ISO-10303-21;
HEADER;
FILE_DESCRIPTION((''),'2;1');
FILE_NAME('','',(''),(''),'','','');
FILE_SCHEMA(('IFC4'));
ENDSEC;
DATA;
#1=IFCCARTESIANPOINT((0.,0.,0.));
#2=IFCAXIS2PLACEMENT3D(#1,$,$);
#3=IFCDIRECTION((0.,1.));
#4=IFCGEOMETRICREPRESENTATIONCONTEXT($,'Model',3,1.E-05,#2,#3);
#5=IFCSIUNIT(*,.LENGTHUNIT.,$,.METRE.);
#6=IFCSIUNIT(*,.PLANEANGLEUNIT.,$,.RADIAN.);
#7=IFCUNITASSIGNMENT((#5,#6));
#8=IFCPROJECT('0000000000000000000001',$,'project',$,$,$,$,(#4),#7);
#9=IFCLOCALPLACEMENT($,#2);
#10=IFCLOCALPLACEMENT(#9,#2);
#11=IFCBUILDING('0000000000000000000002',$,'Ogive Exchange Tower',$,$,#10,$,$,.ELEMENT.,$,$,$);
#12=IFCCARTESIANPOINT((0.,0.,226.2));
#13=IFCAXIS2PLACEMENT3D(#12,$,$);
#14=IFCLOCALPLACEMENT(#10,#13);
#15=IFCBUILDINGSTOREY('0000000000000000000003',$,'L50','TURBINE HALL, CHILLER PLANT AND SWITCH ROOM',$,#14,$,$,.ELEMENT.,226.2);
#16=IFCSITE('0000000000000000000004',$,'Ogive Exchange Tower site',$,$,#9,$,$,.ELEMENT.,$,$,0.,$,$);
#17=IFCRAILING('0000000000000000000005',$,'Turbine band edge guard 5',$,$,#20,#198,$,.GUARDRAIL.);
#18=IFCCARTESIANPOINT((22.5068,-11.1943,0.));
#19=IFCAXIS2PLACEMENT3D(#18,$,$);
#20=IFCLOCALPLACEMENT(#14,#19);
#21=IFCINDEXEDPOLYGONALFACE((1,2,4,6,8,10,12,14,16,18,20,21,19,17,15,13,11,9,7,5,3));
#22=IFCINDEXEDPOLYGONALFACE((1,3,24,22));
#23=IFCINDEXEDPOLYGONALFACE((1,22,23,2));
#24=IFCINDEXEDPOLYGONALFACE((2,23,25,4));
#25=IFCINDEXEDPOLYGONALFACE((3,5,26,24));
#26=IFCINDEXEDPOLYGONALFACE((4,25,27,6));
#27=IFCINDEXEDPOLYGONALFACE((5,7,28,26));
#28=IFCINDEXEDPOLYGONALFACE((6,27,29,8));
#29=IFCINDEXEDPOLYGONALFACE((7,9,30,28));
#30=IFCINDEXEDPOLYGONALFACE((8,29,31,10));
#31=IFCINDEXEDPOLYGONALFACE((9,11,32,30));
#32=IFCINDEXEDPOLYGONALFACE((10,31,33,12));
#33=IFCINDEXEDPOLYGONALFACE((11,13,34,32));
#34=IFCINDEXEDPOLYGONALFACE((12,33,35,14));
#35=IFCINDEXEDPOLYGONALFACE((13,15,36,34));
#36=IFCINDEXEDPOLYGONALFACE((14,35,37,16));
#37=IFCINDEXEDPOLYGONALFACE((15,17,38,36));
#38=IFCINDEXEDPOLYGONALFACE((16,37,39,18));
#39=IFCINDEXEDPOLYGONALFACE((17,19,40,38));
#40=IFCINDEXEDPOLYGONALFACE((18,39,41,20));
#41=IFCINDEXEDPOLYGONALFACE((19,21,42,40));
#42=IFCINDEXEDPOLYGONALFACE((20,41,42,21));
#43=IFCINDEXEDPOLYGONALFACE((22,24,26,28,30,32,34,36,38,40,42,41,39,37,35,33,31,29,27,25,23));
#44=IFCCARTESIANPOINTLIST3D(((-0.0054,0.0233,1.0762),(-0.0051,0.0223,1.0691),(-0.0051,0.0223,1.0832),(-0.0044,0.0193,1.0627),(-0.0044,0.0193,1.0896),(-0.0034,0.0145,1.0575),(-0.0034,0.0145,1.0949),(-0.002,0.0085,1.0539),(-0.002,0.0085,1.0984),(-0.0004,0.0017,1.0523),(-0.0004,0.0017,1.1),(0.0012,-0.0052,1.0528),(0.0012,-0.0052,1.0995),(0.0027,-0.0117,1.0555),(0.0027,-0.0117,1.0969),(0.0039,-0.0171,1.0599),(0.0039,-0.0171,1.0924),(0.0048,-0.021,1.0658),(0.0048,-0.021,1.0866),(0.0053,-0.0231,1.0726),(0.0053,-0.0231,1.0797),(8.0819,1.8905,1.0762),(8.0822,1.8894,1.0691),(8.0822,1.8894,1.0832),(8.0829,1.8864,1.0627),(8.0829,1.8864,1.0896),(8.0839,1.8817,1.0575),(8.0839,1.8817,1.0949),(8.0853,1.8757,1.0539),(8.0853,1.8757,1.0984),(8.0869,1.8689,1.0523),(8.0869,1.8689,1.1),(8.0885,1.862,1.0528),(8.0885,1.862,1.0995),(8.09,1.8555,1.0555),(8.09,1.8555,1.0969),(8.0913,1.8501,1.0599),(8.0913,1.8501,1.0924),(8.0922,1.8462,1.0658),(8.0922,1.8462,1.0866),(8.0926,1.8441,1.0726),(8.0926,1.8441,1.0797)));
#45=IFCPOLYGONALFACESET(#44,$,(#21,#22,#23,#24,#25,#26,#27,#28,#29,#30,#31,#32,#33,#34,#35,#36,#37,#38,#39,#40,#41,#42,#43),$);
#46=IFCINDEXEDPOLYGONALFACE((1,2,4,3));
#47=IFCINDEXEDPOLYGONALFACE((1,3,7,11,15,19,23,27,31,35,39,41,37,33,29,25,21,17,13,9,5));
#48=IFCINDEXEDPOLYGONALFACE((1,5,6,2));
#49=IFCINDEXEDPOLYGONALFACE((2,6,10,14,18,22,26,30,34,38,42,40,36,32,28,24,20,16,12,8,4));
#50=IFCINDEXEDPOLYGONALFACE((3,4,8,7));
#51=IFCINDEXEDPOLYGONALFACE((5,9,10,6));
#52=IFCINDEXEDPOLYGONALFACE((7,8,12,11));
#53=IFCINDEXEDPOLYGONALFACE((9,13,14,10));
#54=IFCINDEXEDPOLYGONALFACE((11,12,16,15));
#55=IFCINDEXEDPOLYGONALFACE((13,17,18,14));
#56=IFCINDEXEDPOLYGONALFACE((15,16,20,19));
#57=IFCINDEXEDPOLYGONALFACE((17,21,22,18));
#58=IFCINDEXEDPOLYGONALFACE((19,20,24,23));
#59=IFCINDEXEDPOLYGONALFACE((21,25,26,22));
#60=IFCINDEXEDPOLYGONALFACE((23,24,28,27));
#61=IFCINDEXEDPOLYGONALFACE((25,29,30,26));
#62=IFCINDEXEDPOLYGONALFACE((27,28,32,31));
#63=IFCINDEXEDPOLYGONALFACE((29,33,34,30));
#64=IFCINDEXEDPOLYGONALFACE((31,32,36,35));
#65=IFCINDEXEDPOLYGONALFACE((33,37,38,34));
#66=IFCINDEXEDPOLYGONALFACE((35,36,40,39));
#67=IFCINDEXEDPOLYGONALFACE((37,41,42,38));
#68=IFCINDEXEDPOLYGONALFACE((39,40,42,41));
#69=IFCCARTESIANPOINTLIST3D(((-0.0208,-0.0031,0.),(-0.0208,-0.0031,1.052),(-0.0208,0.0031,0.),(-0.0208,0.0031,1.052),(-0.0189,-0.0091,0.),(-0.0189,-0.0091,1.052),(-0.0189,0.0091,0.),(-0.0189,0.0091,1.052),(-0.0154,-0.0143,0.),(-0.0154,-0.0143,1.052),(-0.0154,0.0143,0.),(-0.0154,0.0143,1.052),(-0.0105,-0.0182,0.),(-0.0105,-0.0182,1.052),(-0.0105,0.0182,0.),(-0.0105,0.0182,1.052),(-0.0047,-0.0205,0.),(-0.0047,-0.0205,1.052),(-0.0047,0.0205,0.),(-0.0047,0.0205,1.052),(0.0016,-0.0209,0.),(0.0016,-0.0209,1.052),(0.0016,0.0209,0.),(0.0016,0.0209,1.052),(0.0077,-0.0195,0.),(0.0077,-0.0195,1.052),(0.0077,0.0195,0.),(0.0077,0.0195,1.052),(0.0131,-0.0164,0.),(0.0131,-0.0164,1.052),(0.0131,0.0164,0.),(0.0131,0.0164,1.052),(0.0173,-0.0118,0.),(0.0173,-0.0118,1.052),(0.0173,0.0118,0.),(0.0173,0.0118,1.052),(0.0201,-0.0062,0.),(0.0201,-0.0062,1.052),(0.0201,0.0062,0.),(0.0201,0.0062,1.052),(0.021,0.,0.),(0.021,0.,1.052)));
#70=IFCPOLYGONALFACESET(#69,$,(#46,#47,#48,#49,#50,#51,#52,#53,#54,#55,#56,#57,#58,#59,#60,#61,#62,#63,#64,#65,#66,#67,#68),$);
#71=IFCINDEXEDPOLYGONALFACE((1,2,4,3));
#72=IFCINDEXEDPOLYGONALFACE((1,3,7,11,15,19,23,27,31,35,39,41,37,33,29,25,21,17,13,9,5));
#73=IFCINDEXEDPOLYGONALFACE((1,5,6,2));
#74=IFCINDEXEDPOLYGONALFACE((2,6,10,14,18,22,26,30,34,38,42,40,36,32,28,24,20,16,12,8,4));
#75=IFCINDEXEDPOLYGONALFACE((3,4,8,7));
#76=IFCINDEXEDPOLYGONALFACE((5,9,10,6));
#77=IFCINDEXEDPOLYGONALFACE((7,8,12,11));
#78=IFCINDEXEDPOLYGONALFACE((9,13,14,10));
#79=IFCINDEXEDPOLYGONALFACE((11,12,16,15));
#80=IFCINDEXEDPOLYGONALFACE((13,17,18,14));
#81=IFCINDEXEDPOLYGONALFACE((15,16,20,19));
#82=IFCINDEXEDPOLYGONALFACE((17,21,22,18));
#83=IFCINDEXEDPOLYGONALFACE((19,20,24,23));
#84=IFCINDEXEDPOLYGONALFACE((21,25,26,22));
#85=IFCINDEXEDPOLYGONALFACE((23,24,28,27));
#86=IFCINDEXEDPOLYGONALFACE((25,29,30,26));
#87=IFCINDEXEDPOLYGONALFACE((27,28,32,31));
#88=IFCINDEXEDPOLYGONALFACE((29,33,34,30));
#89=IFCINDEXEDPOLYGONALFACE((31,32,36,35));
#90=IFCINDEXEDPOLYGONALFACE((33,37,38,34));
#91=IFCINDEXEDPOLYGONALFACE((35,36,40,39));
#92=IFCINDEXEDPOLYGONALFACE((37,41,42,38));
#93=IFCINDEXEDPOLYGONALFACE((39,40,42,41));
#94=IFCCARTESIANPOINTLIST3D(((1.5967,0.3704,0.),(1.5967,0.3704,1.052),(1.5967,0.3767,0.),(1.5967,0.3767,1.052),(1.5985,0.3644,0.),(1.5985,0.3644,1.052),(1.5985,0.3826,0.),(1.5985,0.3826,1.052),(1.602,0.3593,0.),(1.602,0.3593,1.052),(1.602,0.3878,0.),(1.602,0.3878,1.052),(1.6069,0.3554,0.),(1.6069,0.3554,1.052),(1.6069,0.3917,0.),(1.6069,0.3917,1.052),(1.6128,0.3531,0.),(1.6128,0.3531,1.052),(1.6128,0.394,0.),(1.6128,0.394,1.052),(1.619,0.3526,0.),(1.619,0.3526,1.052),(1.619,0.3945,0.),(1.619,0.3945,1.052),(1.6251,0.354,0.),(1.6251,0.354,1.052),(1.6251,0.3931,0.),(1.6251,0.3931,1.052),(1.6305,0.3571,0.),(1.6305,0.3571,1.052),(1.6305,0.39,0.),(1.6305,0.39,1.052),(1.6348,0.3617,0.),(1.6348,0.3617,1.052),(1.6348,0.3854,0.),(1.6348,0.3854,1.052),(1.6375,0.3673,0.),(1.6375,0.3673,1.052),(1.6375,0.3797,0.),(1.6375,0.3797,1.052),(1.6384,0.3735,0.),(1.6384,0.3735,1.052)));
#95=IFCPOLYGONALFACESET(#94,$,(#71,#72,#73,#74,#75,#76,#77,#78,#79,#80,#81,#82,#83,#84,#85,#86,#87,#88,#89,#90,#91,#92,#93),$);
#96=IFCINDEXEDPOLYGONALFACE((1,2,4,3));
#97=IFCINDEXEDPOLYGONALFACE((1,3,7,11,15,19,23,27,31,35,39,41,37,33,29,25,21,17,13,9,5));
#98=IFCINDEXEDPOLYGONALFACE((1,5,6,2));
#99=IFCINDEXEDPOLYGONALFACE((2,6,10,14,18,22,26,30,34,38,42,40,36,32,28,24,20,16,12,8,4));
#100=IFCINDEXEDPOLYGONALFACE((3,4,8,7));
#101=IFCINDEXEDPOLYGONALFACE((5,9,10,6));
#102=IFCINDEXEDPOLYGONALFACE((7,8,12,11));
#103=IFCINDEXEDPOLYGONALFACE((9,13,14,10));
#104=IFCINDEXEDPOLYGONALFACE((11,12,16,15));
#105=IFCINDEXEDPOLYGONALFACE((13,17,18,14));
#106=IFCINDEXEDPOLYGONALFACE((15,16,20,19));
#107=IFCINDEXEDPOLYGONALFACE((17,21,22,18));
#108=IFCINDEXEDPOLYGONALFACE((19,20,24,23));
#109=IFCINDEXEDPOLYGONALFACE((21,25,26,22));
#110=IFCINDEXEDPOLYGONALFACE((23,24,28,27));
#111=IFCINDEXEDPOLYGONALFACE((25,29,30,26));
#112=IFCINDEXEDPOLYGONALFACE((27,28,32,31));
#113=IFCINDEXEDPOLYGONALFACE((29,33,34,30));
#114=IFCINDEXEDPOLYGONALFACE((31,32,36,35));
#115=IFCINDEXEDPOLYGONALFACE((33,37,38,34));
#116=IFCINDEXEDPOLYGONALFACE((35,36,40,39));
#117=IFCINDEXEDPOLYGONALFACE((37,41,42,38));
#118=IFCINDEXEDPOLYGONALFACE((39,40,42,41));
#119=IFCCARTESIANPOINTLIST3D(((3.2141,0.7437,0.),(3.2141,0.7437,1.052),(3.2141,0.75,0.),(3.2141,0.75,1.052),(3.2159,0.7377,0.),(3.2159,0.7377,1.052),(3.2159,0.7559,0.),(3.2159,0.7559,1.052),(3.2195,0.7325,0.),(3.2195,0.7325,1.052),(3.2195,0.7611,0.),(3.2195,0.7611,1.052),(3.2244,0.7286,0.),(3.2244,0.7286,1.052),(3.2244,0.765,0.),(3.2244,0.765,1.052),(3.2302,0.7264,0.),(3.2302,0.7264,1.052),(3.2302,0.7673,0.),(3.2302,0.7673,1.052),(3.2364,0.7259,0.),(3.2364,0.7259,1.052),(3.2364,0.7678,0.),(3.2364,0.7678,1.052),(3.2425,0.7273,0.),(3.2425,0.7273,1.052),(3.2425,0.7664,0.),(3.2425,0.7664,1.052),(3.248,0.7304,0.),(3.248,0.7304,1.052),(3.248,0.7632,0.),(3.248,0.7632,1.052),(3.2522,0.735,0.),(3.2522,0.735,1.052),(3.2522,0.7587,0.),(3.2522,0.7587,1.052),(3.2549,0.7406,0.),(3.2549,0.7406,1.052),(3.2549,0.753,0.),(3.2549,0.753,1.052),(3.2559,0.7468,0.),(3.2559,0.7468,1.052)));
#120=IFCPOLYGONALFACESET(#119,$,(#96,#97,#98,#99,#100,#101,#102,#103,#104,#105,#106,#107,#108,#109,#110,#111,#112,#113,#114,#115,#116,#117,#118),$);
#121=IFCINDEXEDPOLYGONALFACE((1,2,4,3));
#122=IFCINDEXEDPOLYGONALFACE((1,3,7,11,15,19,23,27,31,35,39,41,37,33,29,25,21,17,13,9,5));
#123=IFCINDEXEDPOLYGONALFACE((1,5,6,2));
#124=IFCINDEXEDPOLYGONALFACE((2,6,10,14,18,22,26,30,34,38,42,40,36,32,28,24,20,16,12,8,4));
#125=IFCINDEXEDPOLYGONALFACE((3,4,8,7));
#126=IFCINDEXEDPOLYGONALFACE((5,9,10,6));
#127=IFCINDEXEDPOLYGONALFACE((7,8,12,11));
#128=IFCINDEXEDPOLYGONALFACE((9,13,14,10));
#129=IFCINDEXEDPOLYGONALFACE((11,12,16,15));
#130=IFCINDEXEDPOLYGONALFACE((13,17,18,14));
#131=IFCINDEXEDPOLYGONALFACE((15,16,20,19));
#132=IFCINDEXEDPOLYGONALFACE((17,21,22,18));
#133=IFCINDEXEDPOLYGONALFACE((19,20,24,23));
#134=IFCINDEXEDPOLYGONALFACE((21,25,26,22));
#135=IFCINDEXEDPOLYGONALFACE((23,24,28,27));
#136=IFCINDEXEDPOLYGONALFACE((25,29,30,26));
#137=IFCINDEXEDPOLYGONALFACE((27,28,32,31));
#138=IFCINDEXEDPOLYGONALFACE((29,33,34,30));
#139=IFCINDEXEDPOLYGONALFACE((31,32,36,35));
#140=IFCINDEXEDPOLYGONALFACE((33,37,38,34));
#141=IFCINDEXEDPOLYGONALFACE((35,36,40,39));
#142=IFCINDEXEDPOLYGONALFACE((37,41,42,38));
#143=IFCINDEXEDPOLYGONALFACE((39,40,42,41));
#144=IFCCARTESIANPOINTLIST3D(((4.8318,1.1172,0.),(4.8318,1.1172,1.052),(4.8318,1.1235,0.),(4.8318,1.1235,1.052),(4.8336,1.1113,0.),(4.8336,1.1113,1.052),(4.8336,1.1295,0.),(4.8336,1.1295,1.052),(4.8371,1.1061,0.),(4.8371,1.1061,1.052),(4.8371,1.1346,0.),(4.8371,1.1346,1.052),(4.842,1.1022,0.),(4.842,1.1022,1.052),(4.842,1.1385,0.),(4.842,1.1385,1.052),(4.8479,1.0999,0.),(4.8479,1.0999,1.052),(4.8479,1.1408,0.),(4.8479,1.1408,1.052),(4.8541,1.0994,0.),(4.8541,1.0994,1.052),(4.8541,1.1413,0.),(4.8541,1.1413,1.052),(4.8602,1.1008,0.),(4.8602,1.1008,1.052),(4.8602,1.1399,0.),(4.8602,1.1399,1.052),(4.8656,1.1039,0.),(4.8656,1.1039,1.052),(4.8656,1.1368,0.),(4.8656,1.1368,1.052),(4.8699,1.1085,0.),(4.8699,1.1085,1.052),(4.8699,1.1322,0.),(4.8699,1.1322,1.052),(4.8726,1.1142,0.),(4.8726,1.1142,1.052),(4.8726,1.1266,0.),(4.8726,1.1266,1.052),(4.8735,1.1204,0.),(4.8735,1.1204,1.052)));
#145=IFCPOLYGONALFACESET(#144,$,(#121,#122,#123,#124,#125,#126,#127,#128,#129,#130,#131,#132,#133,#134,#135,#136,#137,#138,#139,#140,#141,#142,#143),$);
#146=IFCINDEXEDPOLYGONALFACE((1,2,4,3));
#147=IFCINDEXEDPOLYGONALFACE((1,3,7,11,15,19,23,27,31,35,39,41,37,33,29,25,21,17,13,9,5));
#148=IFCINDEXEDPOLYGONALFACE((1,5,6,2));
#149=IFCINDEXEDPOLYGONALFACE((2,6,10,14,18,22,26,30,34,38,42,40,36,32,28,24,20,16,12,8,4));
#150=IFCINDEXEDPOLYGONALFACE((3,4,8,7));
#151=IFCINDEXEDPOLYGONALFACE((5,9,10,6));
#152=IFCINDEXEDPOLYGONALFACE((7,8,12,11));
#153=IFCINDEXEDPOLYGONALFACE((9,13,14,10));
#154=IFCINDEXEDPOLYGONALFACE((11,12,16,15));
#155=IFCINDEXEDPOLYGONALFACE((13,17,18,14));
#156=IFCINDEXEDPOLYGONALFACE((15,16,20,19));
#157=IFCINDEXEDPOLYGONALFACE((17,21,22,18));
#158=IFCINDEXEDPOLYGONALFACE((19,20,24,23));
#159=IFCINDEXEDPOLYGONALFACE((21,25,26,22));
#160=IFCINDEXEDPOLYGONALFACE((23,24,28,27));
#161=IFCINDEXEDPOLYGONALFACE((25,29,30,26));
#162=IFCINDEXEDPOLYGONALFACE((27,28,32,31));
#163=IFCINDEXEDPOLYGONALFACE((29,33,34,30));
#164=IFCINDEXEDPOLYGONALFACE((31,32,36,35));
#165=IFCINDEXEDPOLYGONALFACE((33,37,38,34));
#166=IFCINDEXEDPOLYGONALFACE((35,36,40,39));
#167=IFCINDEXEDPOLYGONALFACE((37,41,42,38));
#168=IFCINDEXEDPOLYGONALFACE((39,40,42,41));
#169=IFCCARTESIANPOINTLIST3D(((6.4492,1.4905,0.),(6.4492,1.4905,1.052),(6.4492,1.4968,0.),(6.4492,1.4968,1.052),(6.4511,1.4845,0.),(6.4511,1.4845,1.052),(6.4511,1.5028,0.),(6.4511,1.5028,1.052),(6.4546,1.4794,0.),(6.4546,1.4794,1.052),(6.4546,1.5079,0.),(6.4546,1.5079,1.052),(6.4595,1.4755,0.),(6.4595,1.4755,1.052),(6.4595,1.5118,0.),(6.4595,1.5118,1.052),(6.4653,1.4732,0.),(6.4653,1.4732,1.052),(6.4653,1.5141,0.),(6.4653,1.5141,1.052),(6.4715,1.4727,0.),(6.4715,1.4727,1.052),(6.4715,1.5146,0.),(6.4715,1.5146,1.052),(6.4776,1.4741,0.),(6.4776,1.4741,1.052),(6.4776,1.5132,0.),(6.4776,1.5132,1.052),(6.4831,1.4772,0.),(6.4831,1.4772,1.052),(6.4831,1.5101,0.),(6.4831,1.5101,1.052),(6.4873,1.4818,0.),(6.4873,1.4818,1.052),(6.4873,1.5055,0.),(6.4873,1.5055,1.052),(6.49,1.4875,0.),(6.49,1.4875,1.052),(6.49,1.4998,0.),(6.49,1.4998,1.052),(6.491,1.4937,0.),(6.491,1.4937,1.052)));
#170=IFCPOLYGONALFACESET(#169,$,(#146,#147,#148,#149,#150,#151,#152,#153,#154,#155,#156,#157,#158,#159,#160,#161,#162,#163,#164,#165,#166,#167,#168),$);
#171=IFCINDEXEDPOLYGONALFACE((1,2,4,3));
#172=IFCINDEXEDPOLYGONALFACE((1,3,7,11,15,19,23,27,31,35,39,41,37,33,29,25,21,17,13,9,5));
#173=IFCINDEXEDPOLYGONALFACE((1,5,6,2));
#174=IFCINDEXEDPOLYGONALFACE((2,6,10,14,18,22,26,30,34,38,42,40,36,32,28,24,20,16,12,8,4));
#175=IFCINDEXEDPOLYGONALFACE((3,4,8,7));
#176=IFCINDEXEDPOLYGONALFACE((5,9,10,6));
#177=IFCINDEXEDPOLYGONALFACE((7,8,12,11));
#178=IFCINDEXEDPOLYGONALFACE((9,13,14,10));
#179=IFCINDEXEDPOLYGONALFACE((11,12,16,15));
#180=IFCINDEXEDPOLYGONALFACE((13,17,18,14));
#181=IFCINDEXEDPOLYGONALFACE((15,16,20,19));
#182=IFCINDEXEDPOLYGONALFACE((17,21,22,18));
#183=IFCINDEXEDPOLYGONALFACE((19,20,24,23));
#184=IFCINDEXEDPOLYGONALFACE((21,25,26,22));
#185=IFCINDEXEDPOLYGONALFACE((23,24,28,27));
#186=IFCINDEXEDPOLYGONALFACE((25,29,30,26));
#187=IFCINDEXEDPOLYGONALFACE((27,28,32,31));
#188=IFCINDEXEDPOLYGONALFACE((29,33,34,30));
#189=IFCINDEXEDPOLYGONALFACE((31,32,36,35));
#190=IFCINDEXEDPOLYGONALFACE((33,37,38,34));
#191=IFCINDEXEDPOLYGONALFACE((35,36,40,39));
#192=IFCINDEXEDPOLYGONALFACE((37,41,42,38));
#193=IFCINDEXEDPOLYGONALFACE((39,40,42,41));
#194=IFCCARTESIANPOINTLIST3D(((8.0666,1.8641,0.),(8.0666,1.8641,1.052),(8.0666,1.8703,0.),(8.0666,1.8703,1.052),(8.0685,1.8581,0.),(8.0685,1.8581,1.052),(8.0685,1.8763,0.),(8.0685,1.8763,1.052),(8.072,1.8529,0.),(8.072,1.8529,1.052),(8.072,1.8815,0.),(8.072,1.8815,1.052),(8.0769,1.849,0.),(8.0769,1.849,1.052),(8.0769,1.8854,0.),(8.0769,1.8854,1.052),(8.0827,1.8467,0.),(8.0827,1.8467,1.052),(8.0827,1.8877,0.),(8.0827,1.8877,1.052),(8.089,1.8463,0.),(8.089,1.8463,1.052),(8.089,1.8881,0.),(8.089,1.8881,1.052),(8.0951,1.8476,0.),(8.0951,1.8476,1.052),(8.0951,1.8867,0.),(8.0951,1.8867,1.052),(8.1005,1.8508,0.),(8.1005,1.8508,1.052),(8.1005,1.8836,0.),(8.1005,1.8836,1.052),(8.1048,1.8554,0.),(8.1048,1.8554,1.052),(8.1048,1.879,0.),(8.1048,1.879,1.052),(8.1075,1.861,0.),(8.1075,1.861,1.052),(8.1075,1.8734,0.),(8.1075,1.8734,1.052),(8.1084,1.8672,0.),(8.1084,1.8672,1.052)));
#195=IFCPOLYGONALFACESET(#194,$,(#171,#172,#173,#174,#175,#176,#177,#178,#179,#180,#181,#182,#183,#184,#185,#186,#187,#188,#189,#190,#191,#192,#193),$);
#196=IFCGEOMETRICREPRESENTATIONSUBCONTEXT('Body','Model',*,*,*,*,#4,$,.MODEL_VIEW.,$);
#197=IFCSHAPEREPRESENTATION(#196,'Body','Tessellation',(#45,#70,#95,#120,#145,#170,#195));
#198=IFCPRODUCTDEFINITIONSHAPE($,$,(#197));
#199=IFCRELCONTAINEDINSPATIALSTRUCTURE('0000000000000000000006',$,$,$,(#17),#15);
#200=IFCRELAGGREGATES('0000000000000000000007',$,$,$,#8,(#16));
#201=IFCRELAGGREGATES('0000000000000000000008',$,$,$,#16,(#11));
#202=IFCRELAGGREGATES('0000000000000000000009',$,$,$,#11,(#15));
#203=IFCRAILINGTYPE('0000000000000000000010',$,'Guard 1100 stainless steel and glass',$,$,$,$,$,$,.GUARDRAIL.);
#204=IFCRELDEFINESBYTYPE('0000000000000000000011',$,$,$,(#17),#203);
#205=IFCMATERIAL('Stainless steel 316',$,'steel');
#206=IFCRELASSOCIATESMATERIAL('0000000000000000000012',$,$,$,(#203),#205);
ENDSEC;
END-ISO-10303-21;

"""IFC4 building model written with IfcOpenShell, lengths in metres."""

from ifc_helpers import new_model, si_unit, direction, frame, origin, origin_2d, place, context, subcontext, project, spatial, circle, extrude, material, type_object, element, save


model = new_model("IFC4")

# Units and contexts
model_context = context("Model", 3, precision=1e-05, world=origin(), true_north=direction((0.0, 1.0)))
body_context = subcontext(model_context, "Body", "Model", "MODEL_VIEW")
ifc_project = project(units=[si_unit("LENGTHUNIT", "METRE"), si_unit("PLANEANGLEUNIT", "RADIAN")], contexts=[model_context])

# Site, building, storey
site_placement = place(None, origin())
site = spatial("IfcSite", under=ifc_project, at=site_placement, Name="Ogive Exchange Tower site", CompositionType="ELEMENT", RefElevation=0.0)
building_placement = place(site_placement, origin())
building = spatial("IfcBuilding", under=site, at=building_placement, Name="Ogive Exchange Tower", CompositionType="ELEMENT")
storey_placement = place(building_placement, frame((0.0, 0.0, 226.2)))
storey = spatial("IfcBuildingStorey", under=building, at=storey_placement, Name="L50", Description="TURBINE HALL, CHILLER PLANT AND SWITCH ROOM", CompositionType="ELEMENT", Elevation=226.2)

# Railing
ifc_material_1 = material(Name="Stainless steel 316", Category="steel")
railing_type = type_object("IfcRailingType", Name="Guard 1100 stainless steel and glass", PredefinedType="GUARDRAIL", material=ifc_material_1)
railing_1_placement = place(storey_placement, frame((22.5068, -11.1943, 0.0)))
element("IfcRailing", 1, at=railing_1_placement, inside=storey, type_object=railing_type, Name="Turbine band edge guard 5", PredefinedType="GUARDRAIL", context=body_context, shape_type="SweptSolid", body=[
    extrude(circle(Radius=0.0239, at=origin_2d()), frame((0.0, 0.0, 1.0762), z_axis=(0.974368, 0.224958, 0.0), x_axis=(-0.224958, 0.974368, 0.0)), (0.0, 0.0, 1.0), 8.3),
    extrude(circle(Radius=0.021, at=origin_2d()), origin(), (0.0, 0.0, 1.0), 1.052),
    extrude(circle(Radius=0.021, at=origin_2d()), frame((1.6174, 0.3735, 0.0)), (0.0, 0.0, 1.0), 1.052),
    extrude(circle(Radius=0.021, at=origin_2d()), frame((3.2349, 0.7468, 0.0)), (0.0, 0.0, 1.0), 1.052),
    extrude(circle(Radius=0.021, at=origin_2d()), frame((4.8525, 1.1204, 0.0)), (0.0, 0.0, 1.0), 1.052),
    extrude(circle(Radius=0.021, at=origin_2d()), frame((6.47, 1.4937, 0.0)), (0.0, 0.0, 1.0), 1.052),
    extrude(circle(Radius=0.021, at=origin_2d()), frame((8.0874, 1.8672, 0.0)), (0.0, 0.0, 1.0), 1.052),
])

save(model, "model.ifc")
